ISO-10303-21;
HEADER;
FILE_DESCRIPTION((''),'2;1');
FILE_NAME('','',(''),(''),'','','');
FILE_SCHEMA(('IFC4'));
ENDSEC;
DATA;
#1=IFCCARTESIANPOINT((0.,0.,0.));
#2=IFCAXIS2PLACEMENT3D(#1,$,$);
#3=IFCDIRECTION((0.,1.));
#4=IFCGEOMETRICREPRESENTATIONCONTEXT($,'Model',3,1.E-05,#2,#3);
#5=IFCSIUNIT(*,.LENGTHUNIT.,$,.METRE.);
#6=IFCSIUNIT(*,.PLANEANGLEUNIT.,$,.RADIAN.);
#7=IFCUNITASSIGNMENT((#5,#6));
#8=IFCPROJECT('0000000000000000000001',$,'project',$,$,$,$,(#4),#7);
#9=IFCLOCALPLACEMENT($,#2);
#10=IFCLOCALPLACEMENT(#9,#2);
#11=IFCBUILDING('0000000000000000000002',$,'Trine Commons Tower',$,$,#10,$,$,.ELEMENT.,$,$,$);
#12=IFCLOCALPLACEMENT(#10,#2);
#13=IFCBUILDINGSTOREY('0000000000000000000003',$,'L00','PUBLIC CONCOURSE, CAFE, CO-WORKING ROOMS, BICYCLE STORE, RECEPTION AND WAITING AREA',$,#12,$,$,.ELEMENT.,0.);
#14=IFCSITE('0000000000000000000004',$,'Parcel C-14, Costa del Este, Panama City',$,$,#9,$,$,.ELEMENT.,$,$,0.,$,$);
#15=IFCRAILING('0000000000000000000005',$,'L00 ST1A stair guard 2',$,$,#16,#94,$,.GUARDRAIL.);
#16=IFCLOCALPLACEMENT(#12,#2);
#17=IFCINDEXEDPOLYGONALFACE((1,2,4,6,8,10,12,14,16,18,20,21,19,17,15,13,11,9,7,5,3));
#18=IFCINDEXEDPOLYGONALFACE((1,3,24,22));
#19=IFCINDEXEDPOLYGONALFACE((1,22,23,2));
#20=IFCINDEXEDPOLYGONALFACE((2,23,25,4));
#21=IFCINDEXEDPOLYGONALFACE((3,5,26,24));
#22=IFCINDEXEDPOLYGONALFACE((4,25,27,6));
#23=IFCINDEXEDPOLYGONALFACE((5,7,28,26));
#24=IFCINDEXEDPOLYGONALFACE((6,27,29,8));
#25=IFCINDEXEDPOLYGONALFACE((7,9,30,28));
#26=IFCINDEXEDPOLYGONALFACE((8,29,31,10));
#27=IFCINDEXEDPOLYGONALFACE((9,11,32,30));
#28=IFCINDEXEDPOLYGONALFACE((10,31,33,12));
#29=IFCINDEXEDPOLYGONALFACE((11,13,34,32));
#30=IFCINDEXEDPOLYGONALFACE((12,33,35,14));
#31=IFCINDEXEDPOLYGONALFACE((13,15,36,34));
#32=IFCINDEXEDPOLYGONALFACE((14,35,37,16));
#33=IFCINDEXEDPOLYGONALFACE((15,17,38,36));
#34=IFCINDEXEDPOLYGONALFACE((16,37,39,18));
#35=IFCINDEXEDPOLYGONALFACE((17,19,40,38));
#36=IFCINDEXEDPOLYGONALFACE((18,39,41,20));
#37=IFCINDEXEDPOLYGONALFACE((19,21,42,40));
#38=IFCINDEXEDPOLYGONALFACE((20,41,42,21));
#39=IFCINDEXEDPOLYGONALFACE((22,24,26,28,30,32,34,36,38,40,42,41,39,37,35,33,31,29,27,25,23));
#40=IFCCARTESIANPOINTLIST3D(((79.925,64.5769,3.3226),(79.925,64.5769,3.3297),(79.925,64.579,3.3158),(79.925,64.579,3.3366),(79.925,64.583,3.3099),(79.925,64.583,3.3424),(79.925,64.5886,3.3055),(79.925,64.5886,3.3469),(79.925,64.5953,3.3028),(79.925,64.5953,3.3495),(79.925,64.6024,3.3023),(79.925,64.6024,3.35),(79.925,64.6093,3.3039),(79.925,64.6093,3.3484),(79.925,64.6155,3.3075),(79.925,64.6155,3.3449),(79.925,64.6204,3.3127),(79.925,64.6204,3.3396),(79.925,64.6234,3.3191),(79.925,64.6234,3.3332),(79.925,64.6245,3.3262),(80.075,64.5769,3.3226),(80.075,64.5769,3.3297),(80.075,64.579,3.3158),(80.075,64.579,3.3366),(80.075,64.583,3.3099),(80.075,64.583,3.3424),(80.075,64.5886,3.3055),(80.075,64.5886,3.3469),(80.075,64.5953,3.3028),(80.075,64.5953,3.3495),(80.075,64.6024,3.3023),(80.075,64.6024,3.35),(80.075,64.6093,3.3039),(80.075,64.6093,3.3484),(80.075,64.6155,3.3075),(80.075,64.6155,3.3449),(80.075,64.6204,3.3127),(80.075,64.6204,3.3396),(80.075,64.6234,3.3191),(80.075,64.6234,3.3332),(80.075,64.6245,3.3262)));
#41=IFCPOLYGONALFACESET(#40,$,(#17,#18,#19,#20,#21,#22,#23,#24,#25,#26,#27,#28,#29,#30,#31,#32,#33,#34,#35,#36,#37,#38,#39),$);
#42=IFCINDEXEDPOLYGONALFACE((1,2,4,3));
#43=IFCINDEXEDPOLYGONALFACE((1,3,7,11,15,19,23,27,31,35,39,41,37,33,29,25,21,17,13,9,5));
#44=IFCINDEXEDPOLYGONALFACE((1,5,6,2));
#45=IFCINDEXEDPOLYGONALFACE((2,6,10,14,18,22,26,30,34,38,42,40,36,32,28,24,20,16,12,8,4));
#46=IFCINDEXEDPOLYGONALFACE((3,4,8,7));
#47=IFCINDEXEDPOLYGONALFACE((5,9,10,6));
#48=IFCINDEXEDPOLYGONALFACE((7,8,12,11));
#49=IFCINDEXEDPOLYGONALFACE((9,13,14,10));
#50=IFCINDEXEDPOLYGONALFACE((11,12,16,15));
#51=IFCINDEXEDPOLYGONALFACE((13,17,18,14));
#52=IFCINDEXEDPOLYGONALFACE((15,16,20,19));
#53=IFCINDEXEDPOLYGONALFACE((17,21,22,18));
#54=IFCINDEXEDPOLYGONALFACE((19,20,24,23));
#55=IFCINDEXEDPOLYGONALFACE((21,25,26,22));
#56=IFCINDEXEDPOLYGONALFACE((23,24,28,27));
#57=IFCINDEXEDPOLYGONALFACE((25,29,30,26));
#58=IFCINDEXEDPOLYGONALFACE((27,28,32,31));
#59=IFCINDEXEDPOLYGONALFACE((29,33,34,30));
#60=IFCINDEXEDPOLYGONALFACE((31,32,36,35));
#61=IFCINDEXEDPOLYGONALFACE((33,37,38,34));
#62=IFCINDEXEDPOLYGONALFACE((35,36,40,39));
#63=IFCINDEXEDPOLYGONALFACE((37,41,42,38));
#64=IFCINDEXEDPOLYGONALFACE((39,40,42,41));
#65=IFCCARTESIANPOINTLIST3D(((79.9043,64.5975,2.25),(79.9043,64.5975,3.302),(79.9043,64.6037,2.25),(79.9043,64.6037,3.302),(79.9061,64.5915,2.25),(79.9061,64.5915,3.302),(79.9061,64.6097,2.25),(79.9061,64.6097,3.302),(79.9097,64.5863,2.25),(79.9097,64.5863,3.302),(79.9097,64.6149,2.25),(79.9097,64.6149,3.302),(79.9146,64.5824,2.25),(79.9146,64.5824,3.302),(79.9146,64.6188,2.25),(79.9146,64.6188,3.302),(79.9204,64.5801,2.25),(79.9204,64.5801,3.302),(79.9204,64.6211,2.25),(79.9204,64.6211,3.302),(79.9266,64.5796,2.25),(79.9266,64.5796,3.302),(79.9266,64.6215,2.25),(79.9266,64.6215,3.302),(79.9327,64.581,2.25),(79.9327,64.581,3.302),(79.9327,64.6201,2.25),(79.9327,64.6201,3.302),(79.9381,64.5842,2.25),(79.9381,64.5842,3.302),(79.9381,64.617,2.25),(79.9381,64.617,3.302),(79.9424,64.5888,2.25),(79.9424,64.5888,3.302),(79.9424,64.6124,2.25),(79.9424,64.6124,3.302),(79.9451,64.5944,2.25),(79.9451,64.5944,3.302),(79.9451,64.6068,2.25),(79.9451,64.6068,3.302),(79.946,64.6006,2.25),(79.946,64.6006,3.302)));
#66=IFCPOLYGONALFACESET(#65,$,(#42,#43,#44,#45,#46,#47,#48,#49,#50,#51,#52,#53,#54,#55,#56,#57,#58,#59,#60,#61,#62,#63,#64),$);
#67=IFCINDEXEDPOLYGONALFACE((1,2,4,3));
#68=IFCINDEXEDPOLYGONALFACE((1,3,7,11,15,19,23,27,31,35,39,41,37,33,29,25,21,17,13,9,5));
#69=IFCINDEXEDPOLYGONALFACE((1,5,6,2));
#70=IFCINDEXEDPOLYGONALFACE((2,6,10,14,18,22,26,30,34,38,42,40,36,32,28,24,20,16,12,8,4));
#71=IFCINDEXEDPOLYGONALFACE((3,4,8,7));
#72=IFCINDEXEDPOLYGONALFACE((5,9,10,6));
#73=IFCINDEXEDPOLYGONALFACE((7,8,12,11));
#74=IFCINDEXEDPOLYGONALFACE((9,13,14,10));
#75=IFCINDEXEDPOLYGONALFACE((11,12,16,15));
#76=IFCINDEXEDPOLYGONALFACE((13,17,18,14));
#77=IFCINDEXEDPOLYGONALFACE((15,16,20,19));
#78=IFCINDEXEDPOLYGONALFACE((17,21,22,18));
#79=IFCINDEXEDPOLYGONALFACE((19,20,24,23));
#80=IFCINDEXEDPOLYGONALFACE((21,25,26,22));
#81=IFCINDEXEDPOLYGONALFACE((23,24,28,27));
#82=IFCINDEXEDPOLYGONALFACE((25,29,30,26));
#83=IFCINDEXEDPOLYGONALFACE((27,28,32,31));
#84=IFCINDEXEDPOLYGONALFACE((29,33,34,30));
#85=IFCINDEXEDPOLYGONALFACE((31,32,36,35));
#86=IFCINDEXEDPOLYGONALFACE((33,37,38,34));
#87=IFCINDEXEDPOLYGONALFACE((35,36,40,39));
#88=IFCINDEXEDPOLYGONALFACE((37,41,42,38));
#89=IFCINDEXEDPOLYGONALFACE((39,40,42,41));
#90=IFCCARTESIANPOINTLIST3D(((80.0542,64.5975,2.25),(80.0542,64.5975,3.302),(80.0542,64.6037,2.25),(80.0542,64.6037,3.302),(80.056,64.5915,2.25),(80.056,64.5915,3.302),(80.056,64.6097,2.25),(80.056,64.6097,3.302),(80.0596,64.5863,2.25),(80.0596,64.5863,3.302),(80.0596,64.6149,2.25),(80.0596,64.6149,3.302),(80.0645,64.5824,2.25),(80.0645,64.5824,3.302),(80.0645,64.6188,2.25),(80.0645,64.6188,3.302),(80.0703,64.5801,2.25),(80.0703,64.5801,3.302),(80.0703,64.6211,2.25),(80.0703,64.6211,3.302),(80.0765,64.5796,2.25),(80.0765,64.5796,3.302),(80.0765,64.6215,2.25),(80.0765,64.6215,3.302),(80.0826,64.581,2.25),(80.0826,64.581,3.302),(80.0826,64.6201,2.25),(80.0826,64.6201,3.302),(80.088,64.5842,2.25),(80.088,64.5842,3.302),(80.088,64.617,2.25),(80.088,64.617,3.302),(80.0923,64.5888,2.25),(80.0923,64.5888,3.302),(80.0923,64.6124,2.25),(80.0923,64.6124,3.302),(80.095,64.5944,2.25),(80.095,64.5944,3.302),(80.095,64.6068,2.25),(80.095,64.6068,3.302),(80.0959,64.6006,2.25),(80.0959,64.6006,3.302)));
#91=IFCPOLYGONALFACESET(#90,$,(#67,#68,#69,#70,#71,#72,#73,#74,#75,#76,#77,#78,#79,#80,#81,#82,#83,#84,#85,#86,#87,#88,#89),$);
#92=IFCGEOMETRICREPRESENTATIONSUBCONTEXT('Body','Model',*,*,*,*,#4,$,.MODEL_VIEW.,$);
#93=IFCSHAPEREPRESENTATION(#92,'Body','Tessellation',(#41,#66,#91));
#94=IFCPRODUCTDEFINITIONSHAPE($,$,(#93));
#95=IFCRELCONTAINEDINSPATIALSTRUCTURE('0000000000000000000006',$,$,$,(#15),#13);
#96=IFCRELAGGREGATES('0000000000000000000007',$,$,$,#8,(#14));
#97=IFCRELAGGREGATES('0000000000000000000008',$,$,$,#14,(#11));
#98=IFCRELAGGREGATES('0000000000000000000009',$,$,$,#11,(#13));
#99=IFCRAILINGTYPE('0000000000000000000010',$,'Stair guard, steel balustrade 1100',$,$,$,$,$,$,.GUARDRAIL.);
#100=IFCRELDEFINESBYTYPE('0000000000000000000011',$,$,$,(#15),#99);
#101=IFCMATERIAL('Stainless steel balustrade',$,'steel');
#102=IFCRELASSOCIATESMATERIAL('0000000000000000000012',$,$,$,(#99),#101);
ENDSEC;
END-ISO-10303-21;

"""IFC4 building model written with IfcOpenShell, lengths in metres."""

from ifc_helpers import new_model, si_unit, direction, frame, origin, origin_2d, place, context, subcontext, project, spatial, circle, extrude, material, type_object, element, save


model = new_model("IFC4")

# Units and contexts
model_context = context("Model", 3, precision=1e-05, world=origin(), true_north=direction((0.0, 1.0)))
body_context = subcontext(model_context, "Body", "Model", "MODEL_VIEW")
ifc_project = project(units=[si_unit("LENGTHUNIT", "METRE"), si_unit("PLANEANGLEUNIT", "RADIAN")], contexts=[model_context])

# Site, building, storey
site_placement = place(None, origin())
site = spatial("IfcSite", under=ifc_project, at=site_placement, Name="Parcel C-14, Costa del Este, Panama City", CompositionType="ELEMENT", RefElevation=0.0)
building_placement = place(site_placement, origin())
building = spatial("IfcBuilding", under=site, at=building_placement, Name="Trine Commons Tower", CompositionType="ELEMENT")
storey_placement = place(building_placement, origin())
storey = spatial("IfcBuildingStorey", under=building, at=storey_placement, Name="L00", Description="PUBLIC CONCOURSE, CAFE, CO-WORKING ROOMS, BICYCLE STORE, RECEPTION AND WAITING AREA", CompositionType="ELEMENT", Elevation=0.0)

# Railing
ifc_material_1 = material(Name="Stainless steel balustrade", Category="steel")
railing_type_1 = type_object("IfcRailingType", Name="Stair guard, steel balustrade 1100", PredefinedType="GUARDRAIL", material=ifc_material_1)
railing_1_placement = place(storey_placement, frame((79.925, 64.6006, 2.25)))
element("IfcRailing", 1, at=railing_1_placement, inside=storey, type_object=railing_type_1, Name="L00 ST1A stair guard 2", PredefinedType="GUARDRAIL", context=body_context, shape_type="SweptSolid", body=[
    extrude(circle(Radius=0.0239, at=origin_2d()), frame((0.0, 0.0, 1.0762), z_axis=(1.0, 0.0, 0.0), x_axis=(0.0, 1.0, 0.0)), (0.0, 0.0, 1.0), 0.1499),
    extrude(circle(Radius=0.021, at=origin_2d()), origin(), (0.0, 0.0, 1.0), 1.052),
    extrude(circle(Radius=0.021, at=origin_2d()), frame((0.1499, 0.0, 0.0)), (0.0, 0.0, 1.0), 1.052),
])

save(model, "model.ifc")
